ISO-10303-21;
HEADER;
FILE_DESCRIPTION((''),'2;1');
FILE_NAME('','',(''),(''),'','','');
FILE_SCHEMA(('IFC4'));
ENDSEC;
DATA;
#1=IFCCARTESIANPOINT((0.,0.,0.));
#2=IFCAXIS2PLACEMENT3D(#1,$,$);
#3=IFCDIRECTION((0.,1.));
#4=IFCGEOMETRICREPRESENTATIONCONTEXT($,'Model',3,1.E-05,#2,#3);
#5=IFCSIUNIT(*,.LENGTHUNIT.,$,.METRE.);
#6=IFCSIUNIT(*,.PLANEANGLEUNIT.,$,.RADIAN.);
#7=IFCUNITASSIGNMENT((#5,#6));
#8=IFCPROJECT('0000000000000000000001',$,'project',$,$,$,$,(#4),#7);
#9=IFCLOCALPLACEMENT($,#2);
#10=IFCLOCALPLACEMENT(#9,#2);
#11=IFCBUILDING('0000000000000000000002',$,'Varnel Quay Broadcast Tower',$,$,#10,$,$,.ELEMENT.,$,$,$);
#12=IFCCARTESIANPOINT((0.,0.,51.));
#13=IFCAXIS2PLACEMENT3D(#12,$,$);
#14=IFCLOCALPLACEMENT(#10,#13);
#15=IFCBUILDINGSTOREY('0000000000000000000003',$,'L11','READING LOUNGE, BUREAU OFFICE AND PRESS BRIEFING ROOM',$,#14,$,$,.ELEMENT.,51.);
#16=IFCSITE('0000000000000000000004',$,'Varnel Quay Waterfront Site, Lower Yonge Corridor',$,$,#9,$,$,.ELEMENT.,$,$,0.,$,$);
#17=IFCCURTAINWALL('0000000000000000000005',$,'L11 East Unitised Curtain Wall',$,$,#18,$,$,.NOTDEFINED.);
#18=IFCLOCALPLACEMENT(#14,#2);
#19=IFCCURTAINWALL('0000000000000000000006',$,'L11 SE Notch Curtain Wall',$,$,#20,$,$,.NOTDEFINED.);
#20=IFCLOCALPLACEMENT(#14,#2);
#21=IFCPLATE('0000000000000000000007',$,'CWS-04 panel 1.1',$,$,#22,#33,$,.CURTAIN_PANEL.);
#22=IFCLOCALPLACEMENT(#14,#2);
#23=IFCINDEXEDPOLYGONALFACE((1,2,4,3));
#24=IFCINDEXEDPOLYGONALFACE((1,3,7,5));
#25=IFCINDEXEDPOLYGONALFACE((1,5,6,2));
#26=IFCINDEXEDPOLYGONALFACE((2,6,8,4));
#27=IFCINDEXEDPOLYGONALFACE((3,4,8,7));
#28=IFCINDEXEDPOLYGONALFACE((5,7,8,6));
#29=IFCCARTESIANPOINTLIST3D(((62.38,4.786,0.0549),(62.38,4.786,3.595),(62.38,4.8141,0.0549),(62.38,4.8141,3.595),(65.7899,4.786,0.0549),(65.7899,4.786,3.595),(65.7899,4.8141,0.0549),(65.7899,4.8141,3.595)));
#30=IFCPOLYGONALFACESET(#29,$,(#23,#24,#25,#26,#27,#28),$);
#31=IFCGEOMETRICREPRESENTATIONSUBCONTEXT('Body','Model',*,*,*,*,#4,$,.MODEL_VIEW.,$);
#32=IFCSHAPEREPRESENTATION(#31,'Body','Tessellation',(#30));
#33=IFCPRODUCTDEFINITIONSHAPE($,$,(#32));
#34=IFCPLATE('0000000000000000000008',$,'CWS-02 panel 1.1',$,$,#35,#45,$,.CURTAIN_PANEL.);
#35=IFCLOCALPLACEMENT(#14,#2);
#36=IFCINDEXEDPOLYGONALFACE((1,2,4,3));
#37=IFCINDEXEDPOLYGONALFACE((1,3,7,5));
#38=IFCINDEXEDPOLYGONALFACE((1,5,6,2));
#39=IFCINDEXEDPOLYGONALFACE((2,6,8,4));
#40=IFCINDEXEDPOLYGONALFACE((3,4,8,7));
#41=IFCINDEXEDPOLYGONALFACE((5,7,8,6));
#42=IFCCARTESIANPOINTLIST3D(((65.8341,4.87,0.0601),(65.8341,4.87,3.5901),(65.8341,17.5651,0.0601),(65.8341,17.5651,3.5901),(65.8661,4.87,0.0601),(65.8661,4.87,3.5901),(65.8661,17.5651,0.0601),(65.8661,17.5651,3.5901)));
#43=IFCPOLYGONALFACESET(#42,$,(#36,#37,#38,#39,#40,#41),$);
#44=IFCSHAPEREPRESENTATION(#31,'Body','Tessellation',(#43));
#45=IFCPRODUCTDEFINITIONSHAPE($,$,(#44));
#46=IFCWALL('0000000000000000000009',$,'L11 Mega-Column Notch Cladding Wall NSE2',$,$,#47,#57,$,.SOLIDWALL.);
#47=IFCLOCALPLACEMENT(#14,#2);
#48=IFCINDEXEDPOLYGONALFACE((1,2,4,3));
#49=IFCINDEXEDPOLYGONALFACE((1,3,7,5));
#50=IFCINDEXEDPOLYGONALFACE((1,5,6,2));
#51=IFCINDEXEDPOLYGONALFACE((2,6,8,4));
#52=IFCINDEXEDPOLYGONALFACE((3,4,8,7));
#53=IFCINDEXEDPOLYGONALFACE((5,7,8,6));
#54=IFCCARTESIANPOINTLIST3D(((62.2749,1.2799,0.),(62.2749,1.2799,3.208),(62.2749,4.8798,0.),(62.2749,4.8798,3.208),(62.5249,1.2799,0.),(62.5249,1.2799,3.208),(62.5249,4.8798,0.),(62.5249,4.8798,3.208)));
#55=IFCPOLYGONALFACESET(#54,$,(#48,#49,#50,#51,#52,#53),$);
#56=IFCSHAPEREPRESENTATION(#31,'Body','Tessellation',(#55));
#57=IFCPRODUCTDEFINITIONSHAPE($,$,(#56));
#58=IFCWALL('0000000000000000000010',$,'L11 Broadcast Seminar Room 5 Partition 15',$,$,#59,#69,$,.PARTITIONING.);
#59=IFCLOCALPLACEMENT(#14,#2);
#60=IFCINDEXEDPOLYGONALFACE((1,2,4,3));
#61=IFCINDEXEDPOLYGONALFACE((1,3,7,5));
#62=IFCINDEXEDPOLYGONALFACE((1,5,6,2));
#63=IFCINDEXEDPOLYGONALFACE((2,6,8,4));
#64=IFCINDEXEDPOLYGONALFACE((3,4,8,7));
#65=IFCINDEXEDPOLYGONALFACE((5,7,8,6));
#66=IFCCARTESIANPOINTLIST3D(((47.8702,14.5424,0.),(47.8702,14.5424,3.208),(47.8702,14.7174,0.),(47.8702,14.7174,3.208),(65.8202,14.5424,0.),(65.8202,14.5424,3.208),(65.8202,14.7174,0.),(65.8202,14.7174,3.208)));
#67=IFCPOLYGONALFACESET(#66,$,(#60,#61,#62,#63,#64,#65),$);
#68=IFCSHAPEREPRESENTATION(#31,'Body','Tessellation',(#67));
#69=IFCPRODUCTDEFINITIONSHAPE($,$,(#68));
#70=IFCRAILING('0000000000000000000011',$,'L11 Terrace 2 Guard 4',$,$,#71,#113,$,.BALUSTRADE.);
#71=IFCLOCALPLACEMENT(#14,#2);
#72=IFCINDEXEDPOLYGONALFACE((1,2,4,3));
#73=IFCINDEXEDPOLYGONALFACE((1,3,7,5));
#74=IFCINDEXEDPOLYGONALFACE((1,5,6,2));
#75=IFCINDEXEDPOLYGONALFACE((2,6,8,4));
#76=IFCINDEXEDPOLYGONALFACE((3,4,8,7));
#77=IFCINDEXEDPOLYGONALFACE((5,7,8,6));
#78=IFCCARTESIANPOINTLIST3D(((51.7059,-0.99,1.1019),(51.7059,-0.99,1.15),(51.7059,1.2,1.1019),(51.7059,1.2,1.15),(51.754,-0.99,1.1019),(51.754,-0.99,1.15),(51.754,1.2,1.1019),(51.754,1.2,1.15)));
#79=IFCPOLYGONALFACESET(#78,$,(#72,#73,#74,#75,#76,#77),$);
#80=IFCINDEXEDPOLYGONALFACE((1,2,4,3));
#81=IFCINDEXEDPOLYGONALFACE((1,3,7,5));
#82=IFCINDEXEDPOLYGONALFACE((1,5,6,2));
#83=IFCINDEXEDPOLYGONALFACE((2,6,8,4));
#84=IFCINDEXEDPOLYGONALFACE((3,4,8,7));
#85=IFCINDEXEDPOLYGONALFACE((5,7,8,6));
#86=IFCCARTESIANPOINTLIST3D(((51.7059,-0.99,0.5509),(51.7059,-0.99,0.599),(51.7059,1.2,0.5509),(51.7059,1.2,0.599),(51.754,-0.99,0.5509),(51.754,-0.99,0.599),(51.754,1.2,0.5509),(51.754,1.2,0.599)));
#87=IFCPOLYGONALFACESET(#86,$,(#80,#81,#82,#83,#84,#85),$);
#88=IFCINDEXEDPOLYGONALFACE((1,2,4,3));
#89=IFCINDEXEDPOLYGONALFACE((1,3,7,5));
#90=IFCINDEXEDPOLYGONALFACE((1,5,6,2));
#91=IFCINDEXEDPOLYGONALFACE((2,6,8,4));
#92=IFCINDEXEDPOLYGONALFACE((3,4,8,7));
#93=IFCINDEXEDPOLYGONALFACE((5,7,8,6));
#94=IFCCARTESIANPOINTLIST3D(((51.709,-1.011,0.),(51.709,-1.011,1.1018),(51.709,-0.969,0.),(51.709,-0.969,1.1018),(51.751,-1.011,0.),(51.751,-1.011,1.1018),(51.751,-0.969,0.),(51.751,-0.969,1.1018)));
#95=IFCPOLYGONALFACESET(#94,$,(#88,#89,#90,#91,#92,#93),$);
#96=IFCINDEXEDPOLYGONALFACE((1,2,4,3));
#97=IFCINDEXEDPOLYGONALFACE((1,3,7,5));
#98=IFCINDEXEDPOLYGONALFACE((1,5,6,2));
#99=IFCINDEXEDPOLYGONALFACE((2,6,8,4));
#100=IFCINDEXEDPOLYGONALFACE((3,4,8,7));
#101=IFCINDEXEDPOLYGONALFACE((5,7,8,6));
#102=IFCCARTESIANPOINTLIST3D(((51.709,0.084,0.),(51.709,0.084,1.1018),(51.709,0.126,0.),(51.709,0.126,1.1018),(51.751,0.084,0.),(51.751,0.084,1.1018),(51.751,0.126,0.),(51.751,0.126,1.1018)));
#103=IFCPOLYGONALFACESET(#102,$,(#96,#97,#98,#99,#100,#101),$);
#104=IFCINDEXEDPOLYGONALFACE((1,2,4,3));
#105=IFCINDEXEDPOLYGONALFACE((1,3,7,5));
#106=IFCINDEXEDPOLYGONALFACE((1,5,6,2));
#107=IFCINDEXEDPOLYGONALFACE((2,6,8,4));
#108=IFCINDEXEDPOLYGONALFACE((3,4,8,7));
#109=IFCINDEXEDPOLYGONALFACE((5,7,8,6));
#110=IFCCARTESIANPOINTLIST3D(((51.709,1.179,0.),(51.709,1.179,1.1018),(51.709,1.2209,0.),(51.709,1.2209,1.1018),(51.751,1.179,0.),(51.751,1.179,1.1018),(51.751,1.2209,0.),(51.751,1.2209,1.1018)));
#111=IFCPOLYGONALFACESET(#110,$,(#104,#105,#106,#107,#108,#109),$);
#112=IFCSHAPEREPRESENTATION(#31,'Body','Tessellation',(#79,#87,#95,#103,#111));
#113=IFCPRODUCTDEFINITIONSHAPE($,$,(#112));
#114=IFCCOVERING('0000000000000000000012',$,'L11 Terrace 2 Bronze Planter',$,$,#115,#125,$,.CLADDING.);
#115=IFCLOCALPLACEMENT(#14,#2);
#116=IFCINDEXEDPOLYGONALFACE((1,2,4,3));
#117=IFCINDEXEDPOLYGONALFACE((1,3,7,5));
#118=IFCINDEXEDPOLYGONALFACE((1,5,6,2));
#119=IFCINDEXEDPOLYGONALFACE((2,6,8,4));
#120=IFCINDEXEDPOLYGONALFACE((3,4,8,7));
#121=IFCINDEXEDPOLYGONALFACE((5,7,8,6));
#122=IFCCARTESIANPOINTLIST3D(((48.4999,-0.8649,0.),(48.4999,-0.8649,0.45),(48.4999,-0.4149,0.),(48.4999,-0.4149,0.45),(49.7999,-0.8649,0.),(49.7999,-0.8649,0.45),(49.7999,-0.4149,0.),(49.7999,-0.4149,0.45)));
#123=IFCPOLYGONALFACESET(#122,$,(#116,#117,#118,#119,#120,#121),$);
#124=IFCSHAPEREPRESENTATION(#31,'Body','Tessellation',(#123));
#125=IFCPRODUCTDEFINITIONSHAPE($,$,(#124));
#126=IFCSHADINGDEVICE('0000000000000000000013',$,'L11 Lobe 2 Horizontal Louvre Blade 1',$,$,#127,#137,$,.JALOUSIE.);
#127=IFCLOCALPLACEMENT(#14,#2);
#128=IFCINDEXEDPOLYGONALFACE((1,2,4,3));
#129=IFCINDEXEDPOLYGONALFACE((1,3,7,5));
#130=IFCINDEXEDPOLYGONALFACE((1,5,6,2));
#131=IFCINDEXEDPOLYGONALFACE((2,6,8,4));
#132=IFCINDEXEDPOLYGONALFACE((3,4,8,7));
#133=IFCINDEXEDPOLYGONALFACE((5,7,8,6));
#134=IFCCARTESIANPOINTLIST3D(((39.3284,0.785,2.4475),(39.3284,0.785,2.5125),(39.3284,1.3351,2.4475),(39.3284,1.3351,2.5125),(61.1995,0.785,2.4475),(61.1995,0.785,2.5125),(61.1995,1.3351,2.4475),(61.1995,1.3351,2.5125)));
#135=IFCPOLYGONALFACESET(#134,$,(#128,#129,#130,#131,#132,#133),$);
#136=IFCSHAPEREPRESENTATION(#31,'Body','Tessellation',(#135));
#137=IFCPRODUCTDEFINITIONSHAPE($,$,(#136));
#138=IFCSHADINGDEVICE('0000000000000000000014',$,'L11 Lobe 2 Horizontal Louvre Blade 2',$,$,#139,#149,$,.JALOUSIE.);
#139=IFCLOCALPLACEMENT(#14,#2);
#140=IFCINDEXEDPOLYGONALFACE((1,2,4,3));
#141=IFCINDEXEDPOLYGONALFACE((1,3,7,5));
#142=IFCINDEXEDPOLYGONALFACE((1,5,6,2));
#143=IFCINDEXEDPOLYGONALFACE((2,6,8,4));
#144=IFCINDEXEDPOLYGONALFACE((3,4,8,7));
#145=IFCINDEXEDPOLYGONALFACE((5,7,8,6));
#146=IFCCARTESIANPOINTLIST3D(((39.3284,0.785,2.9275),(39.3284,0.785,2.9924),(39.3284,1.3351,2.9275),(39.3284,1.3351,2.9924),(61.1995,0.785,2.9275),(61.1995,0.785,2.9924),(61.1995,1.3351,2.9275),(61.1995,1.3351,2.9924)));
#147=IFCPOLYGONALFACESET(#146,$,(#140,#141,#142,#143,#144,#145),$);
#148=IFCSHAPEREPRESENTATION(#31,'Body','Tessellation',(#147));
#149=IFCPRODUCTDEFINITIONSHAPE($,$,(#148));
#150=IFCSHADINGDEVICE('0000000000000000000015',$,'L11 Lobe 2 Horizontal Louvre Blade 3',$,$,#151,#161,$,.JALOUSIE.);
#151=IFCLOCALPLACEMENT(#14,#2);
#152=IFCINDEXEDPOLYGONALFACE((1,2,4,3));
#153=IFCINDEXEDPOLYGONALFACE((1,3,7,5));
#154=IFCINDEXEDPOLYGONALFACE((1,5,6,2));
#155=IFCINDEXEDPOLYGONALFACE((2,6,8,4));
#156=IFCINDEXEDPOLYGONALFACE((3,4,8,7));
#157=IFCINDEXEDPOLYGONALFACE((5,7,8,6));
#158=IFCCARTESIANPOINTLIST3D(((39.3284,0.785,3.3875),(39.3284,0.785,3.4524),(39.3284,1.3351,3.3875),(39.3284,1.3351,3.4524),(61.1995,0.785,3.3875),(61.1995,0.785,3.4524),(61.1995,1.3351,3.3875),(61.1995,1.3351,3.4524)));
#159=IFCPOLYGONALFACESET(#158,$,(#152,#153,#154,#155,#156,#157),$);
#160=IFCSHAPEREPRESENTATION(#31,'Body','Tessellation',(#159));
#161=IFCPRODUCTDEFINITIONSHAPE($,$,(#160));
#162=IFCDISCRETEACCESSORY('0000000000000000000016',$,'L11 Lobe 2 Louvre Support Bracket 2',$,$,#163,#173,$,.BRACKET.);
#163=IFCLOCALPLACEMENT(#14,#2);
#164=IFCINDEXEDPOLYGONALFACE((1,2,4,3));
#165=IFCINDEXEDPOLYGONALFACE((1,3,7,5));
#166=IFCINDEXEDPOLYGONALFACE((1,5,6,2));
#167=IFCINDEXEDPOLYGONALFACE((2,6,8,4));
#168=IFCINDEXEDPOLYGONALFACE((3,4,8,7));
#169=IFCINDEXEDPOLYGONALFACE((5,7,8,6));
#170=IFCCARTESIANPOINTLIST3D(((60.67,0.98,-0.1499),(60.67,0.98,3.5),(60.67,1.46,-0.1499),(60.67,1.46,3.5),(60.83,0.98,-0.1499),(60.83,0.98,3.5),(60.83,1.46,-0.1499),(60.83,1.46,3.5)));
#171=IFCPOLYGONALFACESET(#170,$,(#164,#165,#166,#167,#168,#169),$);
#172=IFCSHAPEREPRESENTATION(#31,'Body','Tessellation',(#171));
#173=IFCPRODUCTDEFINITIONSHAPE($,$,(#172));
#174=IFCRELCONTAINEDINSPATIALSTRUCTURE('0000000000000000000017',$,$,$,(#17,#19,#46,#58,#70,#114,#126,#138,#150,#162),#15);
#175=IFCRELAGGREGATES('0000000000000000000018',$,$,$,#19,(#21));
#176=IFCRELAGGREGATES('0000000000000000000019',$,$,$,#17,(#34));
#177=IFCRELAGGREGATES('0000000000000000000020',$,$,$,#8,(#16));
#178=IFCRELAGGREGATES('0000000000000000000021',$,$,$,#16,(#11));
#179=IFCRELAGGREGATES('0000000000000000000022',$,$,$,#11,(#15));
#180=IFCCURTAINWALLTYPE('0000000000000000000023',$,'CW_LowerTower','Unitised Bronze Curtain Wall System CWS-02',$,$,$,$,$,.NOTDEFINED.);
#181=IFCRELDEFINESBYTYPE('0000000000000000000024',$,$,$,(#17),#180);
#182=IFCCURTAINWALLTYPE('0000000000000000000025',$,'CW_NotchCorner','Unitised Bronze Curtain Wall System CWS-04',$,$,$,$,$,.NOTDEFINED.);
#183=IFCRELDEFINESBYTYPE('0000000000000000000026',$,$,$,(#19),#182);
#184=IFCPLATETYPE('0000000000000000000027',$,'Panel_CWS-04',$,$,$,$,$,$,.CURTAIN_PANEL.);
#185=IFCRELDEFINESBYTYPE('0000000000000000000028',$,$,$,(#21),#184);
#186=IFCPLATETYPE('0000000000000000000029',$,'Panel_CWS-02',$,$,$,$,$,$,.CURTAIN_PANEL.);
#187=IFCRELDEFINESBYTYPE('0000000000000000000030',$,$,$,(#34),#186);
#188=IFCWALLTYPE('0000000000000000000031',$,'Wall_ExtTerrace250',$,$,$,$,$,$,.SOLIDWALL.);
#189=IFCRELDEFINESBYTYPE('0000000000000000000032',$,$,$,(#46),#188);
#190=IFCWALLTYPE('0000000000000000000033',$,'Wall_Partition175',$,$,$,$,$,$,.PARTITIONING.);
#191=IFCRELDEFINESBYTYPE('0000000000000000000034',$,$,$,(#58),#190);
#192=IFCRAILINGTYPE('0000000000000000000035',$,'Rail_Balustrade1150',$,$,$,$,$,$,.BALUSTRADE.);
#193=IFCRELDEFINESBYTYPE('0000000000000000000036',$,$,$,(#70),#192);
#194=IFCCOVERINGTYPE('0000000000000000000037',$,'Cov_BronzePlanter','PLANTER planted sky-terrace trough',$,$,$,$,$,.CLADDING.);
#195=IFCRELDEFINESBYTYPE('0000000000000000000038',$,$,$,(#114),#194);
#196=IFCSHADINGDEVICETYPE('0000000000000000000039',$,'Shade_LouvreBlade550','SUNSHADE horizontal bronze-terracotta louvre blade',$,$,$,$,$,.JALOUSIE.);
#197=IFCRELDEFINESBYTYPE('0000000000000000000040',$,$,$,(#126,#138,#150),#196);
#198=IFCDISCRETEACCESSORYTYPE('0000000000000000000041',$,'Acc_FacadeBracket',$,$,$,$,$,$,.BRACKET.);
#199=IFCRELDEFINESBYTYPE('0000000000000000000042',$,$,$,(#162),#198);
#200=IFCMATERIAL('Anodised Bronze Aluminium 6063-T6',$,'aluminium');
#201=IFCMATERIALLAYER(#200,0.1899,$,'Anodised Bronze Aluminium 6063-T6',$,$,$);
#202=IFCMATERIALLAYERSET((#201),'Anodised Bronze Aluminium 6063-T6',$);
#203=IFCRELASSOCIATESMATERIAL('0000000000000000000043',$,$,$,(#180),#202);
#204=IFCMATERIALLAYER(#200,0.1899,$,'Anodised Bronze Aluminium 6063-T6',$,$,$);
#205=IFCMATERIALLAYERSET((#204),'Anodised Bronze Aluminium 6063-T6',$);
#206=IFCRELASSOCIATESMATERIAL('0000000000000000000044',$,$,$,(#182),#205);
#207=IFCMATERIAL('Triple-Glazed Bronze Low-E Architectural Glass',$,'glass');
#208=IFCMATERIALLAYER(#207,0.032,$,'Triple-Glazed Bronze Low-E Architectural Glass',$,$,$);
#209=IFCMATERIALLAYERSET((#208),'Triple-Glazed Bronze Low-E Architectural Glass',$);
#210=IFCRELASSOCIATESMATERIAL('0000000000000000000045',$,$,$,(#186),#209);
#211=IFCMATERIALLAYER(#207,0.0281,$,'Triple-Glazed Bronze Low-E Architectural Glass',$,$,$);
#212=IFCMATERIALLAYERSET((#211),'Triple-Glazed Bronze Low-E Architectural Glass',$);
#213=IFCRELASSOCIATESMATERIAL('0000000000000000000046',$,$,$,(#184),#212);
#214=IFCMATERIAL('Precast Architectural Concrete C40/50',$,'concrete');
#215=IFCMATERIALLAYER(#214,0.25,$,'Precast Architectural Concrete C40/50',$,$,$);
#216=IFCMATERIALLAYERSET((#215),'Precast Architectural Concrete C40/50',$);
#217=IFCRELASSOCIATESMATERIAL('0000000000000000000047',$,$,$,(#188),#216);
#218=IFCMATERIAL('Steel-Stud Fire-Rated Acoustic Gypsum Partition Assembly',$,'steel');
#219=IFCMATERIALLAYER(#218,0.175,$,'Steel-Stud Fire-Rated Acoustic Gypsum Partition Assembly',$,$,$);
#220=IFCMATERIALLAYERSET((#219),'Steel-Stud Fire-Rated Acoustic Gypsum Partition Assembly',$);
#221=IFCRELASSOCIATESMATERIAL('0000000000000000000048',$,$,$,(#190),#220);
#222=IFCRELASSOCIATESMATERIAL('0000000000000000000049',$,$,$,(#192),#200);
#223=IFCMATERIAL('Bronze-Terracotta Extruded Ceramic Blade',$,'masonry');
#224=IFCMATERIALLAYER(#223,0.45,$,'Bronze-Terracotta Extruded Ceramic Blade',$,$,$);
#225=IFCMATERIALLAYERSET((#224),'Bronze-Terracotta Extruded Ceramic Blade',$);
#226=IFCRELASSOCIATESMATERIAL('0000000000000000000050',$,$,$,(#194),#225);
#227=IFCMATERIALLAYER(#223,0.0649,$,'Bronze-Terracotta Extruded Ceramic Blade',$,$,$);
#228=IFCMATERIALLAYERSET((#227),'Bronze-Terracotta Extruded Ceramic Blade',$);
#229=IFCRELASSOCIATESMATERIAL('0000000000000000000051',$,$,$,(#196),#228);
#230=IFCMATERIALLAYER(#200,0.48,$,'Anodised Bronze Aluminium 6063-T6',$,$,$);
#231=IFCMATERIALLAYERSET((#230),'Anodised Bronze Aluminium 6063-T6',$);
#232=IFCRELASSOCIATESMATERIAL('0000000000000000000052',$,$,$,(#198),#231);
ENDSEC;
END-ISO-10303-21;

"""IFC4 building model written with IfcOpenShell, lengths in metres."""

from ifc_helpers import new_model, si_unit, direction, frame, frame_2d, origin, origin_2d, place, context, subcontext, project, spatial, rectangle, extrude, source, transform, mapped, material, layer, layer_set, type_object, type_shapes, element, aggregate, save


model = new_model("IFC4")

# Units and contexts
model_context = context("Model", 3, precision=1e-05, world=origin(), true_north=direction((0.0, 1.0)))
body_context = subcontext(model_context, "Body", "Model", "MODEL_VIEW")
ifc_project = project(units=[si_unit("LENGTHUNIT", "METRE"), si_unit("PLANEANGLEUNIT", "RADIAN")], contexts=[model_context])

# Site, building, storey
site_placement = place(None, origin())
site = spatial("IfcSite", under=ifc_project, at=site_placement, Name="Varnel Quay Waterfront Site, Lower Yonge Corridor", CompositionType="ELEMENT", RefElevation=0.0)
building_placement = place(site_placement, origin())
building = spatial("IfcBuilding", under=site, at=building_placement, Name="Varnel Quay Broadcast Tower", CompositionType="ELEMENT")
storey_placement = place(building_placement, frame((0.0, 0.0, 51.0)))
storey = spatial("IfcBuildingStorey", under=building, at=storey_placement, Name="L11", Description="READING LOUNGE, BUREAU OFFICE AND PRESS BRIEFING ROOM", CompositionType="ELEMENT", Elevation=51.0)

# Curtain wall
ifc_material_1 = material(Name="Anodised Bronze Aluminium 6063-T6", Category="aluminium")
ifc_layer_1 = layer(ifc_material_1, 0.1899, Name="Anodised Bronze Aluminium 6063-T6")
ifc_layer_set_1 = layer_set([ifc_layer_1], Name="Anodised Bronze Aluminium 6063-T6")
curtain_wall_type_1 = type_object("IfcCurtainWallType", Name="CW_LowerTower", Description="Unitised Bronze Curtain Wall System CWS-02", PredefinedType="NOTDEFINED", material=ifc_layer_set_1)
curtain_wall_1_placement = place(storey_placement, origin())
curtain_wall_1 = element("IfcCurtainWall", 1, at=curtain_wall_1_placement, inside=storey, type_object=curtain_wall_type_1, Name="L11 East Unitised Curtain Wall", PredefinedType="NOTDEFINED")

# Curtain wall
ifc_layer_2 = layer(ifc_material_1, 0.1899, Name="Anodised Bronze Aluminium 6063-T6")
ifc_layer_set_2 = layer_set([ifc_layer_2], Name="Anodised Bronze Aluminium 6063-T6")
curtain_wall_type_2 = type_object("IfcCurtainWallType", Name="CW_NotchCorner", Description="Unitised Bronze Curtain Wall System CWS-04", PredefinedType="NOTDEFINED", material=ifc_layer_set_2)
curtain_wall_2_placement = place(storey_placement, origin())
curtain_wall_2 = element("IfcCurtainWall", 2, at=curtain_wall_2_placement, inside=storey, type_object=curtain_wall_type_2, Name="L11 SE Notch Curtain Wall", PredefinedType="NOTDEFINED")

# Plates
ifc_material_2 = material(Name="Triple-Glazed Bronze Low-E Architectural Glass", Category="glass")
ifc_layer_3 = layer(ifc_material_2, 0.032, Name="Triple-Glazed Bronze Low-E Architectural Glass")
ifc_layer_set_3 = layer_set([ifc_layer_3], Name="Triple-Glazed Bronze Low-E Architectural Glass")
plate_type_1 = type_object("IfcPlateType", Name="Panel_CWS-02", PredefinedType="CURTAIN_PANEL", material=ifc_layer_set_3)
ifc_layer_4 = layer(ifc_material_2, 0.0281, Name="Triple-Glazed Bronze Low-E Architectural Glass")
ifc_layer_set_4 = layer_set([ifc_layer_4], Name="Triple-Glazed Bronze Low-E Architectural Glass")
plate_type_2 = type_object("IfcPlateType", Name="Panel_CWS-04", PredefinedType="CURTAIN_PANEL", material=ifc_layer_set_4)
shared_shape_1 = source(origin(), body_context, "Body", "SweptSolid", [
    extrude(rectangle(XDim=3.4099, YDim=0.0281, at=origin_2d()), origin(), (0.0, 0.0, 1.0), 3.54),
])
type_shapes(plate_type_2, [shared_shape_1])
plate_1_placement = place(storey_placement, frame((64.085, 4.8, 0.0549), z_axis=(0.0, 0.0, 1.0), x_axis=(1.0, 0.0, 0.0)))
plate_1 = element("IfcPlate", 3, at=plate_1_placement, type_object=plate_type_2, Name="CWS-04 panel 1.1", PredefinedType="CURTAIN_PANEL", context=body_context, shape_type="MappedRepresentation", body=[
    mapped(shared_shape_1, transform((0.0, 0.0, 0.0), x_axis=(1.0, 0.0, 0.0), y_axis=(0.0, 1.0, 0.0), z_axis=(0.0, 0.0, 1.0), scale=1.0)),
])
aggregate(curtain_wall_2, [plate_1])
shared_shape_2 = source(origin(), body_context, "Body", "SweptSolid", [
    extrude(rectangle(XDim=12.6951, YDim=0.032, at=origin_2d()), origin(), (0.0, 0.0, 1.0), 3.53),
])
plate_2_placement = place(storey_placement, frame((65.8501, 11.2175, 0.0601), z_axis=(0.0, 0.0, 1.0), x_axis=(0.0, 1.0, 0.0)))
plate_2 = element("IfcPlate", 4, at=plate_2_placement, type_object=plate_type_1, Name="CWS-02 panel 1.1", PredefinedType="CURTAIN_PANEL", context=body_context, shape_type="MappedRepresentation", body=[
    mapped(shared_shape_2, transform((0.0, 0.0, 0.0), x_axis=(1.0, 0.0, 0.0), y_axis=(0.0, 1.0, 0.0), z_axis=(0.0, 0.0, 1.0), scale=1.0)),
])
aggregate(curtain_wall_1, [plate_2])

# Walls
ifc_material_3 = material(Name="Precast Architectural Concrete C40/50", Category="concrete")
ifc_layer_5 = layer(ifc_material_3, 0.25, Name="Precast Architectural Concrete C40/50")
ifc_layer_set_5 = layer_set([ifc_layer_5], Name="Precast Architectural Concrete C40/50")
wall_type_1 = type_object("IfcWallType", Name="Wall_ExtTerrace250", PredefinedType="SOLIDWALL", material=ifc_layer_set_5)
wall_1_placement = place(storey_placement, frame((62.3999, 1.28, 0.0), z_axis=(0.0, 0.0, 1.0), x_axis=(0.0, 1.0, 0.0)))
element("IfcWall", 5, at=wall_1_placement, inside=storey, type_object=wall_type_1, Name="L11 Mega-Column Notch Cladding Wall NSE2", PredefinedType="SOLIDWALL", context=body_context, shape_type="SweptSolid", body=[
    extrude(rectangle(XDim=3.5999, YDim=0.25, at=frame_2d((1.7998, 0.0))), origin(), (0.0, 0.0, 1.0), 3.208),
])
ifc_material_4 = material(Name="Steel-Stud Fire-Rated Acoustic Gypsum Partition Assembly", Category="steel")
ifc_layer_6 = layer(ifc_material_4, 0.175, Name="Steel-Stud Fire-Rated Acoustic Gypsum Partition Assembly")
ifc_layer_set_6 = layer_set([ifc_layer_6], Name="Steel-Stud Fire-Rated Acoustic Gypsum Partition Assembly")
wall_type_2 = type_object("IfcWallType", Name="Wall_Partition175", PredefinedType="PARTITIONING", material=ifc_layer_set_6)
wall_2_placement = place(storey_placement, frame((47.8701, 14.6299, 0.0), z_axis=(0.0, 0.0, 1.0), x_axis=(1.0, 0.0, 0.0)))
element("IfcWall", 6, at=wall_2_placement, inside=storey, type_object=wall_type_2, Name="L11 Broadcast Seminar Room 5 Partition 15", PredefinedType="PARTITIONING", context=body_context, shape_type="SweptSolid", body=[
    extrude(rectangle(XDim=17.95, YDim=0.175, at=frame_2d((8.9751, 0.0))), origin(), (0.0, 0.0, 1.0), 3.208),
])

# Railing
railing_type = type_object("IfcRailingType", Name="Rail_Balustrade1150", PredefinedType="BALUSTRADE", material=ifc_material_1)
railing_placement = place(storey_placement, frame((51.73, -0.99, 0.0)))
element("IfcRailing", 7, at=railing_placement, inside=storey, type_object=railing_type, Name="L11 Terrace 2 Guard 4", PredefinedType="BALUSTRADE", context=body_context, shape_type="SweptSolid", body=[
    extrude(rectangle(XDim=0.0481, YDim=0.0481, at=origin_2d()), frame((0.0, 0.0, 1.126), z_axis=(0.0, 1.0, 0.0), x_axis=(-1.0, 0.0, 0.0)), (0.0, 0.0, 1.0), 2.1899),
    extrude(rectangle(XDim=0.0481, YDim=0.0481, at=origin_2d()), frame((0.0, 0.0, 0.575), z_axis=(0.0, 1.0, 0.0), x_axis=(-1.0, 0.0, 0.0)), (0.0, 0.0, 1.0), 2.1899),
    extrude(rectangle(XDim=0.042, YDim=0.042, at=origin_2d()), origin(), (0.0, 0.0, 1.0), 1.1018),
    extrude(rectangle(XDim=0.042, YDim=0.042, at=origin_2d()), frame((0.0, 1.095, 0.0)), (0.0, 0.0, 1.0), 1.1018),
    extrude(rectangle(XDim=0.042, YDim=0.042, at=origin_2d()), frame((0.0, 2.1899, 0.0)), (0.0, 0.0, 1.0), 1.1018),
])

# Covering
ifc_material_5 = material(Name="Bronze-Terracotta Extruded Ceramic Blade", Category="masonry")
ifc_layer_7 = layer(ifc_material_5, 0.45, Name="Bronze-Terracotta Extruded Ceramic Blade")
ifc_layer_set_7 = layer_set([ifc_layer_7], Name="Bronze-Terracotta Extruded Ceramic Blade")
covering_type = type_object("IfcCoveringType", Name="Cov_BronzePlanter", Description="PLANTER planted sky-terrace trough", PredefinedType="CLADDING", material=ifc_layer_set_7)
shared_shape_3 = source(origin(), body_context, "Body", "SweptSolid", [
    extrude(rectangle(XDim=1.3, YDim=0.45, at=origin_2d()), origin(), (0.0, 0.0, 1.0), 0.45),
])
type_shapes(covering_type, [shared_shape_3])
covering_placement = place(storey_placement, frame((49.1499, -0.6399, 0.0), z_axis=(0.0, 0.0, 1.0), x_axis=(1.0, 0.0, 0.0)))
element("IfcCovering", 8, at=covering_placement, inside=storey, type_object=covering_type, Name="L11 Terrace 2 Bronze Planter", PredefinedType="CLADDING", context=body_context, shape_type="MappedRepresentation", body=[
    mapped(shared_shape_3, transform((0.0, 0.0, 0.0), x_axis=(1.0, 0.0, 0.0), y_axis=(0.0, 1.0, 0.0), z_axis=(0.0, 0.0, 1.0), scale=1.0)),
])

# Shading devices
ifc_layer_8 = layer(ifc_material_5, 0.0649, Name="Bronze-Terracotta Extruded Ceramic Blade")
ifc_layer_set_8 = layer_set([ifc_layer_8], Name="Bronze-Terracotta Extruded Ceramic Blade")
shading_device_type = type_object("IfcShadingDeviceType", Name="Shade_LouvreBlade550", Description="SUNSHADE horizontal bronze-terracotta louvre blade", PredefinedType="JALOUSIE", material=ifc_layer_set_8)
shared_shape_4 = source(origin(), body_context, "Body", "SweptSolid", [
    extrude(rectangle(XDim=21.8711, YDim=0.55, at=origin_2d()), origin(), (0.0, 0.0, 1.0), 0.0649),
])
type_shapes(shading_device_type, [shared_shape_4])
for number, where, z_axis, x_axis, name in (
    (9, (50.2639, 1.0601, 2.4475), (0.0, 0.0, 1.0), (1.0, 0.0, 0.0), "L11 Lobe 2 Horizontal Louvre Blade 1"),
    (10, (50.2639, 1.0601, 2.9275), (0.0, 0.0, 1.0), (1.0, 0.0, 0.0), "L11 Lobe 2 Horizontal Louvre Blade 2"),
    (11, (50.2639, 1.0601, 3.3875), (0.0, 0.0, 1.0), (1.0, 0.0, 0.0), "L11 Lobe 2 Horizontal Louvre Blade 3"),
):
    element("IfcShadingDevice", number, at=place(storey_placement, frame(where, z_axis=z_axis, x_axis=x_axis)), inside=storey, type_object=shading_device_type, Name=name, PredefinedType="JALOUSIE", context=body_context, shape_type="MappedRepresentation", body=[
        mapped(shared_shape_4, transform((0.0, 0.0, 0.0), x_axis=(1.0, 0.0, 0.0), y_axis=(0.0, 1.0, 0.0), z_axis=(0.0, 0.0, 1.0), scale=1.0)),
    ])

# Discrete accessory
ifc_layer_9 = layer(ifc_material_1, 0.48, Name="Anodised Bronze Aluminium 6063-T6")
ifc_layer_set_9 = layer_set([ifc_layer_9], Name="Anodised Bronze Aluminium 6063-T6")
discrete_accessory_type = type_object("IfcDiscreteAccessoryType", Name="Acc_FacadeBracket", PredefinedType="BRACKET", material=ifc_layer_set_9)
shared_shape_5 = source(origin(), body_context, "Body", "SweptSolid", [
    extrude(rectangle(XDim=0.1599, YDim=0.48, at=origin_2d()), origin(), (0.0, 0.0, 1.0), 3.6499),
])
type_shapes(discrete_accessory_type, [shared_shape_5])
discrete_accessory_placement = place(storey_placement, frame((60.75, 1.22, -0.1499), z_axis=(0.0, 0.0, 1.0), x_axis=(1.0, 0.0, 0.0)))
element("IfcDiscreteAccessory", 12, at=discrete_accessory_placement, inside=storey, type_object=discrete_accessory_type, Name="L11 Lobe 2 Louvre Support Bracket 2", PredefinedType="BRACKET", context=body_context, shape_type="MappedRepresentation", body=[
    mapped(shared_shape_5, transform((0.0, 0.0, 0.0), x_axis=(1.0, 0.0, 0.0), y_axis=(0.0, 1.0, 0.0), z_axis=(0.0, 0.0, 1.0), scale=1.0)),
])

save(model, "model.ifc")
